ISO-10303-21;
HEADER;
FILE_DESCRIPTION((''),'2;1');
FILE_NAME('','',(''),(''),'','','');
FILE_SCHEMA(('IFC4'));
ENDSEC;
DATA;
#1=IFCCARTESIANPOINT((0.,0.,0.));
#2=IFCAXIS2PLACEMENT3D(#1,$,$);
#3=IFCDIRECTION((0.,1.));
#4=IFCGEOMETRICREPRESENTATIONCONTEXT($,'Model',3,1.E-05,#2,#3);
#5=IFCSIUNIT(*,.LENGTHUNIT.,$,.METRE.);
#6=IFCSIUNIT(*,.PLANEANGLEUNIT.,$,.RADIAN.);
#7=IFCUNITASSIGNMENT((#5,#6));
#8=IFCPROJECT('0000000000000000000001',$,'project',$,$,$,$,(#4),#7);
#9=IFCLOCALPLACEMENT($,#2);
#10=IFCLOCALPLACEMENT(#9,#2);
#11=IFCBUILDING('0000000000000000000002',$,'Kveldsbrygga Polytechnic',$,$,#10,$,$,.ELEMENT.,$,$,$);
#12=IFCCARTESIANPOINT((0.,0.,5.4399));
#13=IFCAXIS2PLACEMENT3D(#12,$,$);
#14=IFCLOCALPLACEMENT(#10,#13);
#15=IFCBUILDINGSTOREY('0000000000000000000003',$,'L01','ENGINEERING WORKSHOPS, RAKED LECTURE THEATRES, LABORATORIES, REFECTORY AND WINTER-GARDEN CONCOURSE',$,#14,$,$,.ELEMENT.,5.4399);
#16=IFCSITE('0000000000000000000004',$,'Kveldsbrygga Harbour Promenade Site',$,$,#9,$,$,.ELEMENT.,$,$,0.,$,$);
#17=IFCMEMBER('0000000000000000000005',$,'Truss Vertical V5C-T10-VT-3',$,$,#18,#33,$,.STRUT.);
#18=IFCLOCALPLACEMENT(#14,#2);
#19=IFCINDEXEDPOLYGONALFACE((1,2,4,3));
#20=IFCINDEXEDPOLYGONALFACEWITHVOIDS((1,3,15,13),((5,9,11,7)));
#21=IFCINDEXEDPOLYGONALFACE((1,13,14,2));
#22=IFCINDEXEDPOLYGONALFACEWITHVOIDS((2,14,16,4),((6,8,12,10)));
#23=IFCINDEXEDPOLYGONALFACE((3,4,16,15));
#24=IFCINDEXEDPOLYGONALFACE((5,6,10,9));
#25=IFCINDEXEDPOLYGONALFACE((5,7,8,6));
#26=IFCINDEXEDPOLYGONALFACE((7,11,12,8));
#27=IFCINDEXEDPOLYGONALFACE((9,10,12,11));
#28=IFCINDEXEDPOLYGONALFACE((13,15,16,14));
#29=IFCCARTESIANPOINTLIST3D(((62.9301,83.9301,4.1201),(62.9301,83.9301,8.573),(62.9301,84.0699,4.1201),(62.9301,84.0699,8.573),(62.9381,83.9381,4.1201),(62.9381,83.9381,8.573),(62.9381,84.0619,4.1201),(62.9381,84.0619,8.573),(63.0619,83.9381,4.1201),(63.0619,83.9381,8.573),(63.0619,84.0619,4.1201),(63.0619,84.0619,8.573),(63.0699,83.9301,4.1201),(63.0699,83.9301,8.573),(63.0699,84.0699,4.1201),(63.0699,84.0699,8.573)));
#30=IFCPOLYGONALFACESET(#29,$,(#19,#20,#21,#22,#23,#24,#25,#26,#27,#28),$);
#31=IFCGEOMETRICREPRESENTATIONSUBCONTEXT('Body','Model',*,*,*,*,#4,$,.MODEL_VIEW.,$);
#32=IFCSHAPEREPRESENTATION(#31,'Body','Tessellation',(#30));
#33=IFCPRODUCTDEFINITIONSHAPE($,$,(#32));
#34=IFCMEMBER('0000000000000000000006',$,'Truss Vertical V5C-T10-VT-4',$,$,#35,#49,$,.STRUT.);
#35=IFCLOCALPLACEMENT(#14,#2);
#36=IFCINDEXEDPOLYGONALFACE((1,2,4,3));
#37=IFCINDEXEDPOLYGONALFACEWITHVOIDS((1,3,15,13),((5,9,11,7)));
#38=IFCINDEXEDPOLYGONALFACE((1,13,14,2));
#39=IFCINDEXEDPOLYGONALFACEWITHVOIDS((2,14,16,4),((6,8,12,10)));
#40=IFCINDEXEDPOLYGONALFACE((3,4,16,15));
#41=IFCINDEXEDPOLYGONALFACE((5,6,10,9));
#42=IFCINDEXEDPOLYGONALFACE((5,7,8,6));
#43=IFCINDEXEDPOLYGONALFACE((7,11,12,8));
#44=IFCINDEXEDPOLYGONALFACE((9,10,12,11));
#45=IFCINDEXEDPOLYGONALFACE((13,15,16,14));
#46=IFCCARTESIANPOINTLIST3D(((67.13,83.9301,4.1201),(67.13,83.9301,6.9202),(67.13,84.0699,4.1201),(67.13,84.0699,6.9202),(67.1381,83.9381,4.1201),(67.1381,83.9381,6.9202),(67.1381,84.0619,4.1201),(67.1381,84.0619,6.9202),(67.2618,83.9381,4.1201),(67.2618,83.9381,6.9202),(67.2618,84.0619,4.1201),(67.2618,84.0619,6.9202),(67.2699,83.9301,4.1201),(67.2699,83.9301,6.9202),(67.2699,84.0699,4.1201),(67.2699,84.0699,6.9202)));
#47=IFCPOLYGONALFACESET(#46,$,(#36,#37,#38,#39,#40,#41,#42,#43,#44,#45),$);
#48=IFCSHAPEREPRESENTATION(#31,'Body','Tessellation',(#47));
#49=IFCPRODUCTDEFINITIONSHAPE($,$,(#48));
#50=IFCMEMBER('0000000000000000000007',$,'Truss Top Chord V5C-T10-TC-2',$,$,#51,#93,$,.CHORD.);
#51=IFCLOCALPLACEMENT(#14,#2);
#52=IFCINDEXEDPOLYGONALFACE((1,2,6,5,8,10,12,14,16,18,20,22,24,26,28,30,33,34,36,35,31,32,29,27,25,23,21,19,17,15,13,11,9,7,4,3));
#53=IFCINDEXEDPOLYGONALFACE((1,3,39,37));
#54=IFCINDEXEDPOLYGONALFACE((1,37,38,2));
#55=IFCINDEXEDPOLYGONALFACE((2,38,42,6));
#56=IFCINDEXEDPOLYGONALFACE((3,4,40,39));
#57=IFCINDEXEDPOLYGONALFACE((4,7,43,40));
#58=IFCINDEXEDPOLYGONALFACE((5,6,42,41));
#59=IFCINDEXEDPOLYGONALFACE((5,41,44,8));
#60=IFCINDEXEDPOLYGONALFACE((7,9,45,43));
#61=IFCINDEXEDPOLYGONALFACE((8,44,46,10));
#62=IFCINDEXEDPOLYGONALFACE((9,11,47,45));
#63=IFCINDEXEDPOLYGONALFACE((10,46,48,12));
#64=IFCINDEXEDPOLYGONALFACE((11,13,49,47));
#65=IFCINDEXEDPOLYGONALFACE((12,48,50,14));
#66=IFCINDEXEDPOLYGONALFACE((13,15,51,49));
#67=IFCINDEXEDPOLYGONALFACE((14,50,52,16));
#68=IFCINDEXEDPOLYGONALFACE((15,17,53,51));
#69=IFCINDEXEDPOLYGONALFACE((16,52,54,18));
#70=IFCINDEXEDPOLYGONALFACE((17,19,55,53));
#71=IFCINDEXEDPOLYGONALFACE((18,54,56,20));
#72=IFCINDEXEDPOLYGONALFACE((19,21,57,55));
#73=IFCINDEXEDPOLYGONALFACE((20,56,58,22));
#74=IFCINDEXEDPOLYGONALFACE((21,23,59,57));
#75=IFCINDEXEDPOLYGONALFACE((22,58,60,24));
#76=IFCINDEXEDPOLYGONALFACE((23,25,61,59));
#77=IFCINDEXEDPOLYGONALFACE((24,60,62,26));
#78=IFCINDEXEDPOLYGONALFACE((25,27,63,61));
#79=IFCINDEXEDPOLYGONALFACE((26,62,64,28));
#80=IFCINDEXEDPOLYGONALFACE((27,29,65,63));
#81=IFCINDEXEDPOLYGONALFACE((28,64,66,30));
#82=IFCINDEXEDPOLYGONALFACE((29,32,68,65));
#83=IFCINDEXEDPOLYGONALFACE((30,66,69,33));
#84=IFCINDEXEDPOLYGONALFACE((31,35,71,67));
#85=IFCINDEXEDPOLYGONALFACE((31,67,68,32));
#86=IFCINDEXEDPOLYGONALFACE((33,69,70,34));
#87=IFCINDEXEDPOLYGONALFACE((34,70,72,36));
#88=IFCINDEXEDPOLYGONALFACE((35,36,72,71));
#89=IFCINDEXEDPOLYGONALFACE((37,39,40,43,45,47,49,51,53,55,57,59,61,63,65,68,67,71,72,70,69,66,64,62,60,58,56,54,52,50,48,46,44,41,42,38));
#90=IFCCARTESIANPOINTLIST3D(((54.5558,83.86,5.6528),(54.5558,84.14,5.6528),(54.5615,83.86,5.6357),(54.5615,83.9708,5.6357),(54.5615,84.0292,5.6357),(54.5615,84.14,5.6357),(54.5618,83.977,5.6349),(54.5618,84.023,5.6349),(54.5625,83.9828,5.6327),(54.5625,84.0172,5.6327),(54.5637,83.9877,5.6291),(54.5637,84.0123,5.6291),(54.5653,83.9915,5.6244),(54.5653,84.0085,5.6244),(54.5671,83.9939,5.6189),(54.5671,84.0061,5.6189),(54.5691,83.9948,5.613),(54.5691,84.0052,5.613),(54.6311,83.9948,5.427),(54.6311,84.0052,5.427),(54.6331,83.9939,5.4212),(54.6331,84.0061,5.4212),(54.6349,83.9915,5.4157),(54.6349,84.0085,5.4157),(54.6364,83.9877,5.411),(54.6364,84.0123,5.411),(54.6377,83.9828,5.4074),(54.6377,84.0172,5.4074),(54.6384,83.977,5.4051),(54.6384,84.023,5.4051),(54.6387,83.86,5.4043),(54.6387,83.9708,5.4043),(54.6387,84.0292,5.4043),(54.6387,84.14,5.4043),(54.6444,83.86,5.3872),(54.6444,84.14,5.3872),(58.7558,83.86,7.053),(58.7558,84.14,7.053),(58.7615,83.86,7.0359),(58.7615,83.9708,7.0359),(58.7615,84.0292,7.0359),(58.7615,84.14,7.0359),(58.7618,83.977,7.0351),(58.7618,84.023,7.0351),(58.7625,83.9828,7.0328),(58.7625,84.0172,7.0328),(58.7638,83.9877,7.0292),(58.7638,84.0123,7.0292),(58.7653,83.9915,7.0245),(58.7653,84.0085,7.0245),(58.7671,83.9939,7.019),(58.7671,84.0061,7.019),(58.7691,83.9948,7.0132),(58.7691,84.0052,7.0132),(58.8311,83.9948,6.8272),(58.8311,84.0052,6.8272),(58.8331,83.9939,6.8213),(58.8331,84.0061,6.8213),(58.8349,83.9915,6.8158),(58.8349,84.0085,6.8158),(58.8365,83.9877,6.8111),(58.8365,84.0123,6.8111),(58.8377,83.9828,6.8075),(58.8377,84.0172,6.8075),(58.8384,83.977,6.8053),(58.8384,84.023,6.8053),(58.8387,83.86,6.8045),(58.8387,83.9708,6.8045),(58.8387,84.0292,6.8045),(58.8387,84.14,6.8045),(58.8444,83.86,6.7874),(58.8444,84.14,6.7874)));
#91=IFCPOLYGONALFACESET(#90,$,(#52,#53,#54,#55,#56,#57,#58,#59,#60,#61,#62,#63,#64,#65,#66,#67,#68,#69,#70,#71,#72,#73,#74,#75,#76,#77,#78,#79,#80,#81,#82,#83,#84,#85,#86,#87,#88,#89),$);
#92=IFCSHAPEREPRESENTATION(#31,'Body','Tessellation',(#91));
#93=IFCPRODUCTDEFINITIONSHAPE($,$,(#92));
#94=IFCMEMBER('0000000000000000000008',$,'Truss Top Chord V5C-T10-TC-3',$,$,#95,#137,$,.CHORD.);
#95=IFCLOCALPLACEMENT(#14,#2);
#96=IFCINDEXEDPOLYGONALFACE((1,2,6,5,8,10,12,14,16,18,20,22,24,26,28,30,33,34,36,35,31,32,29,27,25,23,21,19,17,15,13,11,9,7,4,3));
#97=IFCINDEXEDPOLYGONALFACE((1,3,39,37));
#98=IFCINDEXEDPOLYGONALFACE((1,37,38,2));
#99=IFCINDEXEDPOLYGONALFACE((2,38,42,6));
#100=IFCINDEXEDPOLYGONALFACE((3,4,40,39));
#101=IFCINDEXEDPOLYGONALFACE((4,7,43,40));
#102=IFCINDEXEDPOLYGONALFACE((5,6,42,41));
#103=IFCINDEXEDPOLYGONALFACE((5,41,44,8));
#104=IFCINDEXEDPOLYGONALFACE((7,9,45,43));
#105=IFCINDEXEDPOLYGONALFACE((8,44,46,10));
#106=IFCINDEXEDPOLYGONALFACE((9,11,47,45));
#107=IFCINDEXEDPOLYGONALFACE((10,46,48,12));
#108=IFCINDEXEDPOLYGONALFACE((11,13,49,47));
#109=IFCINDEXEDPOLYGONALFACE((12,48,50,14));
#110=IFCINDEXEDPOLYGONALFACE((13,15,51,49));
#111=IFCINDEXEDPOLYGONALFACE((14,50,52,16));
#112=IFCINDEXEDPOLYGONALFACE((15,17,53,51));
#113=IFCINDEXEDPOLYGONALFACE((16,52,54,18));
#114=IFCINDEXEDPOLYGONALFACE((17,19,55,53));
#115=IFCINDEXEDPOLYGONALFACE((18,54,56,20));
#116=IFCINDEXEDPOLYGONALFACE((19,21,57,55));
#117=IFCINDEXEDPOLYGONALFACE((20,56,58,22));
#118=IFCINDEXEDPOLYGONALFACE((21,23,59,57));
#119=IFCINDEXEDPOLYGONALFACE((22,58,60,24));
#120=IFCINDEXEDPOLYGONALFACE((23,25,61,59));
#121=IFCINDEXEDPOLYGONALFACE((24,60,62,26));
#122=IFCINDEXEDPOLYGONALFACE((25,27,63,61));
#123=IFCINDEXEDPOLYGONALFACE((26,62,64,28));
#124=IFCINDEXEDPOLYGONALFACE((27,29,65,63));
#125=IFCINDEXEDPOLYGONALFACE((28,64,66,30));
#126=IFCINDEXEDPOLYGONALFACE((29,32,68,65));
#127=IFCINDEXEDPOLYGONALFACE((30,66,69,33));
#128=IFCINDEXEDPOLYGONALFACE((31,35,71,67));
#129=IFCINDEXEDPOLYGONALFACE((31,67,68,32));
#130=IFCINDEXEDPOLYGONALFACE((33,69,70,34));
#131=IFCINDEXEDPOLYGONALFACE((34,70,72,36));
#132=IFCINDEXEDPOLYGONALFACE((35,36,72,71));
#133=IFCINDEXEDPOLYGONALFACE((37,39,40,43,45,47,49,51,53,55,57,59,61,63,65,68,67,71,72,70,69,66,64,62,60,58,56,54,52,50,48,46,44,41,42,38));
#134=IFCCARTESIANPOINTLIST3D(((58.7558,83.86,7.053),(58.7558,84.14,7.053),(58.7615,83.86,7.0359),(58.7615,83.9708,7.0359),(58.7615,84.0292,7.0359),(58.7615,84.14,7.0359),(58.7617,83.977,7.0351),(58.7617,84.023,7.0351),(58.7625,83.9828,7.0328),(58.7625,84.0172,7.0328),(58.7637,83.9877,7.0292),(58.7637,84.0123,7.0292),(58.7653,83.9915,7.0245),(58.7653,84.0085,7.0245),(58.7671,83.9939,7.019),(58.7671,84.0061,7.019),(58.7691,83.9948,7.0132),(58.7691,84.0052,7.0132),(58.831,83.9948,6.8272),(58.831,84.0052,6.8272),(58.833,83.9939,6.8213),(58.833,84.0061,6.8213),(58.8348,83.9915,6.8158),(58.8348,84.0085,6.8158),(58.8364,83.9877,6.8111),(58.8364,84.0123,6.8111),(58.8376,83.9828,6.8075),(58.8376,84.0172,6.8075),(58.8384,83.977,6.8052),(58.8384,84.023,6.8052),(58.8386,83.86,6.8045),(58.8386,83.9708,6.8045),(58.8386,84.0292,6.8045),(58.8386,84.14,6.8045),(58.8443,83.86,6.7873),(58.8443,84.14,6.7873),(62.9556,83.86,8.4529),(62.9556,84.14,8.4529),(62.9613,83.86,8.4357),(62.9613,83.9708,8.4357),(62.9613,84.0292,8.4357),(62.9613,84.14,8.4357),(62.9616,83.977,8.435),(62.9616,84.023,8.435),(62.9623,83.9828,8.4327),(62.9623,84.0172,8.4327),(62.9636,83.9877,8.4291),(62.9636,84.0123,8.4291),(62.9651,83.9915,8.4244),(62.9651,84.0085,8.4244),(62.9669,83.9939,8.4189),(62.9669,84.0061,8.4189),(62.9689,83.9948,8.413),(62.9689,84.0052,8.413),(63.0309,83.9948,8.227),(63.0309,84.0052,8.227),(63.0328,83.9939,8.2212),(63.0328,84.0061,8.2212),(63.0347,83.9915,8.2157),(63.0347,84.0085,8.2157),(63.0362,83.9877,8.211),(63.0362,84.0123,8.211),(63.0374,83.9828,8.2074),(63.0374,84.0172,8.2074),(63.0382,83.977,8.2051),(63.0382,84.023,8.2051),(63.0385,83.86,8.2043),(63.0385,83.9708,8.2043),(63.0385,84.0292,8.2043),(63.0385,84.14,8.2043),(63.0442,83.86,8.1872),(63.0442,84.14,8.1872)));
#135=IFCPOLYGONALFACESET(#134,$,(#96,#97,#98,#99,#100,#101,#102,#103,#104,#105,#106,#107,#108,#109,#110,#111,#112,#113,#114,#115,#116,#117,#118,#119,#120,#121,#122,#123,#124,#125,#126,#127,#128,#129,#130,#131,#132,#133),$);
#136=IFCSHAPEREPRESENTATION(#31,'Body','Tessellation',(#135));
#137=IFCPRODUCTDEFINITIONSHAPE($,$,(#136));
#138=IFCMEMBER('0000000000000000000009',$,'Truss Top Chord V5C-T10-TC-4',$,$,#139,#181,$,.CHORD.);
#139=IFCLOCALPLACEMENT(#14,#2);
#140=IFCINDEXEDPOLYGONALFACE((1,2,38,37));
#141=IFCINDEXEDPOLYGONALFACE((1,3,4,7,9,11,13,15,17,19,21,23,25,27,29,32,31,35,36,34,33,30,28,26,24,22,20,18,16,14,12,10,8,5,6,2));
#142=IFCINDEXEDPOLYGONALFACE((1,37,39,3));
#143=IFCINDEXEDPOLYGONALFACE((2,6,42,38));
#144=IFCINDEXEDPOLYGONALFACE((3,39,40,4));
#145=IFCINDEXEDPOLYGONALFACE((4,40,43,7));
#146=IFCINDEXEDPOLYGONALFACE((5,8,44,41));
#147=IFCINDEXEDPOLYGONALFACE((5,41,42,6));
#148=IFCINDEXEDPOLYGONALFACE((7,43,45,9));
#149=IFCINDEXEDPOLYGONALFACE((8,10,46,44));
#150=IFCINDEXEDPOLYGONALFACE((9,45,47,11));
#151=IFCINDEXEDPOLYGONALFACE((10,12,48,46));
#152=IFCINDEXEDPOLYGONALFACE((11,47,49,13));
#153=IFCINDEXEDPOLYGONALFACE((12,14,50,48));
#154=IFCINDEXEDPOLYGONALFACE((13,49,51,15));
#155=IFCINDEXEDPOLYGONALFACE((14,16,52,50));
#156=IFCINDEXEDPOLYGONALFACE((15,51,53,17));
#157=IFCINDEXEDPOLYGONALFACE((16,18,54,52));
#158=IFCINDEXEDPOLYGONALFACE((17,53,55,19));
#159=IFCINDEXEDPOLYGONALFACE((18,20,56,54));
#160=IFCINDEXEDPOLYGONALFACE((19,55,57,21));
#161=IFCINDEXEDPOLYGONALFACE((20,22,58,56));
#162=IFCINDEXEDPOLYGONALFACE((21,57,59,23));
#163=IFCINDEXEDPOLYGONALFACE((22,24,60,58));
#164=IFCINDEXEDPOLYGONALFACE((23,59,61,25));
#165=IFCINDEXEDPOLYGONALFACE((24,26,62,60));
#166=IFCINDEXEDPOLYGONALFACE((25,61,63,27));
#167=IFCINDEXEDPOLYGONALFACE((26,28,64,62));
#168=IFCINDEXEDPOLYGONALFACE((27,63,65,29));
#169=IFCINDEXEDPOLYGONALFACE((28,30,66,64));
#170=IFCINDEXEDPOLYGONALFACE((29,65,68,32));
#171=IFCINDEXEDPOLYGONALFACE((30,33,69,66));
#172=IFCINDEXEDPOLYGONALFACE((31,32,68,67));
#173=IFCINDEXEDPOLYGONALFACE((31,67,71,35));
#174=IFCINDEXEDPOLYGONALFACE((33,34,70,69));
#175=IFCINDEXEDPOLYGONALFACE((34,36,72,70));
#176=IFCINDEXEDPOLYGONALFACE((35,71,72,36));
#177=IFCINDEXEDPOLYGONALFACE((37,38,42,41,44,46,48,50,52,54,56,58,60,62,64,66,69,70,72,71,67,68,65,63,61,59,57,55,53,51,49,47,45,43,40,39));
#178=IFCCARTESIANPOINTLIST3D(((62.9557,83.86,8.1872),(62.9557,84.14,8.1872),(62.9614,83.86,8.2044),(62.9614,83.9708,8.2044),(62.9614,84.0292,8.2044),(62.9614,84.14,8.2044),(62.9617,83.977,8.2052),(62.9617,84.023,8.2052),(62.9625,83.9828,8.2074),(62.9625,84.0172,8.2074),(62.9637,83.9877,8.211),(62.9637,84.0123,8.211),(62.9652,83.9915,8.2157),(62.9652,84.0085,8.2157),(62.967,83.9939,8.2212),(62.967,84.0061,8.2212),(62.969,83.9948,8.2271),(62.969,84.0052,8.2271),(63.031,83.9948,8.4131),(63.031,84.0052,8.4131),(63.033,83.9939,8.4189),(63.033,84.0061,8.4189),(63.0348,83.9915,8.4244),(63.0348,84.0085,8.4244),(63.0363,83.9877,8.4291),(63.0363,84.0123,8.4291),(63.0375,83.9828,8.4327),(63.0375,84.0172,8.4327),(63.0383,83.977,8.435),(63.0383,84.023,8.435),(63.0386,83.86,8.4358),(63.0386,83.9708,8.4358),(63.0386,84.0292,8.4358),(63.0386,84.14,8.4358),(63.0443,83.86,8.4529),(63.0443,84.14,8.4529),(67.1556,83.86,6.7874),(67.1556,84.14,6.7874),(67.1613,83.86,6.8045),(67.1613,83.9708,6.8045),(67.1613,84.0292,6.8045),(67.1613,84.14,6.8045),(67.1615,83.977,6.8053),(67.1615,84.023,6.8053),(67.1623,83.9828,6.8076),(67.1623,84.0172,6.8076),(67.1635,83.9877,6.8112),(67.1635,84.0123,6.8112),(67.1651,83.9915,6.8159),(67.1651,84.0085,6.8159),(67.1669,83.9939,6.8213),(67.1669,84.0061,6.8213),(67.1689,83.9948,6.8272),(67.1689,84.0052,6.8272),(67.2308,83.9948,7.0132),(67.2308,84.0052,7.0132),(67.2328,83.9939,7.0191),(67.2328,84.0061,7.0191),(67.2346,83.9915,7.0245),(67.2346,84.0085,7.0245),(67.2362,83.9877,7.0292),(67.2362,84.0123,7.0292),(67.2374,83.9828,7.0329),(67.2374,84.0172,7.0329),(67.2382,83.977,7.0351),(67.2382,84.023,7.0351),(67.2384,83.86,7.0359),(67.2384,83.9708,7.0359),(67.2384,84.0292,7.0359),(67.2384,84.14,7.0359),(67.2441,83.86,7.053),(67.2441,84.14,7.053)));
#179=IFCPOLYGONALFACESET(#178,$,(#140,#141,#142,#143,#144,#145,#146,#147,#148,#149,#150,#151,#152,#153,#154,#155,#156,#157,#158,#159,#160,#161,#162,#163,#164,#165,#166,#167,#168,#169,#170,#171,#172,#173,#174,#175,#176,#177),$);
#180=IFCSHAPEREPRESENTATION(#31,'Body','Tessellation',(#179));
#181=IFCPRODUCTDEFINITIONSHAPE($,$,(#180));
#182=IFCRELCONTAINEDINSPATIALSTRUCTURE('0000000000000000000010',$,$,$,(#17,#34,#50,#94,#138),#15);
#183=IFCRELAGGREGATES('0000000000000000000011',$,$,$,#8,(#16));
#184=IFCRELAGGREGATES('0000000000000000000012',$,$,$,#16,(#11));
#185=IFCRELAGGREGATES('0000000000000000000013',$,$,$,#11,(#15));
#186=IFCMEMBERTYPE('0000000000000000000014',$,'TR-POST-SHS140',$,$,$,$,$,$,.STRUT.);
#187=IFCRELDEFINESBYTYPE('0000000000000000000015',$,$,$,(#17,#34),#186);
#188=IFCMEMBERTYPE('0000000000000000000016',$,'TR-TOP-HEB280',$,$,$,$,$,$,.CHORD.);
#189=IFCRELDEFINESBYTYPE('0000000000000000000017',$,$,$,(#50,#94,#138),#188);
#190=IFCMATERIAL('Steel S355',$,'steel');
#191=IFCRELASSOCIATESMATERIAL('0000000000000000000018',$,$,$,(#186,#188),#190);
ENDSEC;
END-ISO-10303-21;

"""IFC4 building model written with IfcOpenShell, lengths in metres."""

from ifc_helpers import new_model, si_unit, direction, frame, origin, origin_2d, place, context, subcontext, project, spatial, hollow_rectangle, i_section, extrude, material, material_profile, profile_set, type_object, element, save


model = new_model("IFC4")

# Units and contexts
model_context = context("Model", 3, precision=1e-05, world=origin(), true_north=direction((0.0, 1.0)))
body_context = subcontext(model_context, "Body", "Model", "MODEL_VIEW")
ifc_project = project(units=[si_unit("LENGTHUNIT", "METRE"), si_unit("PLANEANGLEUNIT", "RADIAN")], contexts=[model_context])

# Site, building, storey
site_placement = place(None, origin())
site = spatial("IfcSite", under=ifc_project, at=site_placement, Name="Kveldsbrygga Harbour Promenade Site", CompositionType="ELEMENT", RefElevation=0.0)
building_placement = place(site_placement, origin())
building = spatial("IfcBuilding", under=site, at=building_placement, Name="Kveldsbrygga Polytechnic", CompositionType="ELEMENT")
storey_placement = place(building_placement, frame((0.0, 0.0, 5.4399)))
storey = spatial("IfcBuildingStorey", under=building, at=storey_placement, Name="L01", Description="ENGINEERING WORKSHOPS, RAKED LECTURE THEATRES, LABORATORIES, REFECTORY AND WINTER-GARDEN CONCOURSE", CompositionType="ELEMENT", Elevation=5.4399)

# Shared definitions
ifc_material_1 = material(Name="Steel S355", Category="steel")

# Members
ifc_material_profile_1 = material_profile(ifc_material_1, hollow_rectangle(XDim=0.1399, YDim=0.1399, WallThickness=0.0081, at=origin_2d()), Name="SHS 140x140x8.0")
ifc_profile_set_1 = profile_set([ifc_material_profile_1], Name="Steel S355")
member_type_1 = type_object("IfcMemberType", Name="TR-POST-SHS140", PredefinedType="STRUT", material=ifc_profile_set_1)
member_1_placement = place(storey_placement, frame((63.0, 84.0, 4.1201), z_axis=(0.0, 0.0, 1.0), x_axis=(1.0, 0.0, 0.0)))
element("IfcMember", 1, at=member_1_placement, inside=storey, type_object=member_type_1, Name="Truss Vertical V5C-T10-VT-3", PredefinedType="STRUT", context=body_context, shape_type="SweptSolid", body=[
    extrude(hollow_rectangle(XDim=0.1399, YDim=0.1399, WallThickness=0.0081, at=origin_2d()), origin(), (0.0, 0.0, 1.0), 4.4529),
])
member_2_placement = place(storey_placement, frame((67.2, 84.0, 4.1201), z_axis=(0.0, 0.0, 1.0), x_axis=(1.0, 0.0, 0.0)))
element("IfcMember", 2, at=member_2_placement, inside=storey, type_object=member_type_1, Name="Truss Vertical V5C-T10-VT-4", PredefinedType="STRUT", context=body_context, shape_type="SweptSolid", body=[
    extrude(hollow_rectangle(XDim=0.1399, YDim=0.1399, WallThickness=0.0081, at=origin_2d()), origin(), (0.0, 0.0, 1.0), 2.8),
])
ifc_material_profile_2 = material_profile(ifc_material_1, i_section(OverallWidth=0.28, OverallDepth=0.28, WebThickness=0.0105, FlangeThickness=0.0181, FilletRadius=0.0239, at=origin_2d()), Name="HEB 280")
ifc_profile_set_2 = profile_set([ifc_material_profile_2], Name="Steel S355")
member_type_2 = type_object("IfcMemberType", Name="TR-TOP-HEB280", PredefinedType="CHORD", material=ifc_profile_set_2)
member_3_placement = place(storey_placement, frame((54.6001, 84.0, 5.52), z_axis=(0.948672, 0.0, 0.316261), x_axis=(0.0, 1.0, 0.0)))
element("IfcMember", 3, at=member_3_placement, inside=storey, type_object=member_type_2, Name="Truss Top Chord V5C-T10-TC-2", PredefinedType="CHORD", context=body_context, shape_type="SweptSolid", body=[
    extrude(i_section(OverallWidth=0.28, OverallDepth=0.28, WebThickness=0.0105, FlangeThickness=0.0181, FilletRadius=0.0239, at=origin_2d()), origin(), (0.0, 0.0, 1.0), 4.4272),
])
for number, where, z_axis, x_axis, name in (
    (4, (58.8, 84.0, 6.9202), (0.948689, 0.0, 0.316211), (0.0, 1.0, 0.0), "Truss Top Chord V5C-T10-TC-3"),
    (5, (63.0, 84.0, 8.3201), (0.948689, 0.0, -0.316211), (0.0, 1.0, 0.0), "Truss Top Chord V5C-T10-TC-4"),
):
    element("IfcMember", number, at=place(storey_placement, frame(where, z_axis=z_axis, x_axis=x_axis)), inside=storey, type_object=member_type_2, Name=name, PredefinedType="CHORD", context=body_context, shape_type="SweptSolid", body=[
        extrude(i_section(OverallWidth=0.28, OverallDepth=0.28, WebThickness=0.0105, FlangeThickness=0.0181, FilletRadius=0.0239, at=origin_2d()), origin(), (0.0, 0.0, 1.0), 4.427),
    ])

save(model, "model.ifc")
